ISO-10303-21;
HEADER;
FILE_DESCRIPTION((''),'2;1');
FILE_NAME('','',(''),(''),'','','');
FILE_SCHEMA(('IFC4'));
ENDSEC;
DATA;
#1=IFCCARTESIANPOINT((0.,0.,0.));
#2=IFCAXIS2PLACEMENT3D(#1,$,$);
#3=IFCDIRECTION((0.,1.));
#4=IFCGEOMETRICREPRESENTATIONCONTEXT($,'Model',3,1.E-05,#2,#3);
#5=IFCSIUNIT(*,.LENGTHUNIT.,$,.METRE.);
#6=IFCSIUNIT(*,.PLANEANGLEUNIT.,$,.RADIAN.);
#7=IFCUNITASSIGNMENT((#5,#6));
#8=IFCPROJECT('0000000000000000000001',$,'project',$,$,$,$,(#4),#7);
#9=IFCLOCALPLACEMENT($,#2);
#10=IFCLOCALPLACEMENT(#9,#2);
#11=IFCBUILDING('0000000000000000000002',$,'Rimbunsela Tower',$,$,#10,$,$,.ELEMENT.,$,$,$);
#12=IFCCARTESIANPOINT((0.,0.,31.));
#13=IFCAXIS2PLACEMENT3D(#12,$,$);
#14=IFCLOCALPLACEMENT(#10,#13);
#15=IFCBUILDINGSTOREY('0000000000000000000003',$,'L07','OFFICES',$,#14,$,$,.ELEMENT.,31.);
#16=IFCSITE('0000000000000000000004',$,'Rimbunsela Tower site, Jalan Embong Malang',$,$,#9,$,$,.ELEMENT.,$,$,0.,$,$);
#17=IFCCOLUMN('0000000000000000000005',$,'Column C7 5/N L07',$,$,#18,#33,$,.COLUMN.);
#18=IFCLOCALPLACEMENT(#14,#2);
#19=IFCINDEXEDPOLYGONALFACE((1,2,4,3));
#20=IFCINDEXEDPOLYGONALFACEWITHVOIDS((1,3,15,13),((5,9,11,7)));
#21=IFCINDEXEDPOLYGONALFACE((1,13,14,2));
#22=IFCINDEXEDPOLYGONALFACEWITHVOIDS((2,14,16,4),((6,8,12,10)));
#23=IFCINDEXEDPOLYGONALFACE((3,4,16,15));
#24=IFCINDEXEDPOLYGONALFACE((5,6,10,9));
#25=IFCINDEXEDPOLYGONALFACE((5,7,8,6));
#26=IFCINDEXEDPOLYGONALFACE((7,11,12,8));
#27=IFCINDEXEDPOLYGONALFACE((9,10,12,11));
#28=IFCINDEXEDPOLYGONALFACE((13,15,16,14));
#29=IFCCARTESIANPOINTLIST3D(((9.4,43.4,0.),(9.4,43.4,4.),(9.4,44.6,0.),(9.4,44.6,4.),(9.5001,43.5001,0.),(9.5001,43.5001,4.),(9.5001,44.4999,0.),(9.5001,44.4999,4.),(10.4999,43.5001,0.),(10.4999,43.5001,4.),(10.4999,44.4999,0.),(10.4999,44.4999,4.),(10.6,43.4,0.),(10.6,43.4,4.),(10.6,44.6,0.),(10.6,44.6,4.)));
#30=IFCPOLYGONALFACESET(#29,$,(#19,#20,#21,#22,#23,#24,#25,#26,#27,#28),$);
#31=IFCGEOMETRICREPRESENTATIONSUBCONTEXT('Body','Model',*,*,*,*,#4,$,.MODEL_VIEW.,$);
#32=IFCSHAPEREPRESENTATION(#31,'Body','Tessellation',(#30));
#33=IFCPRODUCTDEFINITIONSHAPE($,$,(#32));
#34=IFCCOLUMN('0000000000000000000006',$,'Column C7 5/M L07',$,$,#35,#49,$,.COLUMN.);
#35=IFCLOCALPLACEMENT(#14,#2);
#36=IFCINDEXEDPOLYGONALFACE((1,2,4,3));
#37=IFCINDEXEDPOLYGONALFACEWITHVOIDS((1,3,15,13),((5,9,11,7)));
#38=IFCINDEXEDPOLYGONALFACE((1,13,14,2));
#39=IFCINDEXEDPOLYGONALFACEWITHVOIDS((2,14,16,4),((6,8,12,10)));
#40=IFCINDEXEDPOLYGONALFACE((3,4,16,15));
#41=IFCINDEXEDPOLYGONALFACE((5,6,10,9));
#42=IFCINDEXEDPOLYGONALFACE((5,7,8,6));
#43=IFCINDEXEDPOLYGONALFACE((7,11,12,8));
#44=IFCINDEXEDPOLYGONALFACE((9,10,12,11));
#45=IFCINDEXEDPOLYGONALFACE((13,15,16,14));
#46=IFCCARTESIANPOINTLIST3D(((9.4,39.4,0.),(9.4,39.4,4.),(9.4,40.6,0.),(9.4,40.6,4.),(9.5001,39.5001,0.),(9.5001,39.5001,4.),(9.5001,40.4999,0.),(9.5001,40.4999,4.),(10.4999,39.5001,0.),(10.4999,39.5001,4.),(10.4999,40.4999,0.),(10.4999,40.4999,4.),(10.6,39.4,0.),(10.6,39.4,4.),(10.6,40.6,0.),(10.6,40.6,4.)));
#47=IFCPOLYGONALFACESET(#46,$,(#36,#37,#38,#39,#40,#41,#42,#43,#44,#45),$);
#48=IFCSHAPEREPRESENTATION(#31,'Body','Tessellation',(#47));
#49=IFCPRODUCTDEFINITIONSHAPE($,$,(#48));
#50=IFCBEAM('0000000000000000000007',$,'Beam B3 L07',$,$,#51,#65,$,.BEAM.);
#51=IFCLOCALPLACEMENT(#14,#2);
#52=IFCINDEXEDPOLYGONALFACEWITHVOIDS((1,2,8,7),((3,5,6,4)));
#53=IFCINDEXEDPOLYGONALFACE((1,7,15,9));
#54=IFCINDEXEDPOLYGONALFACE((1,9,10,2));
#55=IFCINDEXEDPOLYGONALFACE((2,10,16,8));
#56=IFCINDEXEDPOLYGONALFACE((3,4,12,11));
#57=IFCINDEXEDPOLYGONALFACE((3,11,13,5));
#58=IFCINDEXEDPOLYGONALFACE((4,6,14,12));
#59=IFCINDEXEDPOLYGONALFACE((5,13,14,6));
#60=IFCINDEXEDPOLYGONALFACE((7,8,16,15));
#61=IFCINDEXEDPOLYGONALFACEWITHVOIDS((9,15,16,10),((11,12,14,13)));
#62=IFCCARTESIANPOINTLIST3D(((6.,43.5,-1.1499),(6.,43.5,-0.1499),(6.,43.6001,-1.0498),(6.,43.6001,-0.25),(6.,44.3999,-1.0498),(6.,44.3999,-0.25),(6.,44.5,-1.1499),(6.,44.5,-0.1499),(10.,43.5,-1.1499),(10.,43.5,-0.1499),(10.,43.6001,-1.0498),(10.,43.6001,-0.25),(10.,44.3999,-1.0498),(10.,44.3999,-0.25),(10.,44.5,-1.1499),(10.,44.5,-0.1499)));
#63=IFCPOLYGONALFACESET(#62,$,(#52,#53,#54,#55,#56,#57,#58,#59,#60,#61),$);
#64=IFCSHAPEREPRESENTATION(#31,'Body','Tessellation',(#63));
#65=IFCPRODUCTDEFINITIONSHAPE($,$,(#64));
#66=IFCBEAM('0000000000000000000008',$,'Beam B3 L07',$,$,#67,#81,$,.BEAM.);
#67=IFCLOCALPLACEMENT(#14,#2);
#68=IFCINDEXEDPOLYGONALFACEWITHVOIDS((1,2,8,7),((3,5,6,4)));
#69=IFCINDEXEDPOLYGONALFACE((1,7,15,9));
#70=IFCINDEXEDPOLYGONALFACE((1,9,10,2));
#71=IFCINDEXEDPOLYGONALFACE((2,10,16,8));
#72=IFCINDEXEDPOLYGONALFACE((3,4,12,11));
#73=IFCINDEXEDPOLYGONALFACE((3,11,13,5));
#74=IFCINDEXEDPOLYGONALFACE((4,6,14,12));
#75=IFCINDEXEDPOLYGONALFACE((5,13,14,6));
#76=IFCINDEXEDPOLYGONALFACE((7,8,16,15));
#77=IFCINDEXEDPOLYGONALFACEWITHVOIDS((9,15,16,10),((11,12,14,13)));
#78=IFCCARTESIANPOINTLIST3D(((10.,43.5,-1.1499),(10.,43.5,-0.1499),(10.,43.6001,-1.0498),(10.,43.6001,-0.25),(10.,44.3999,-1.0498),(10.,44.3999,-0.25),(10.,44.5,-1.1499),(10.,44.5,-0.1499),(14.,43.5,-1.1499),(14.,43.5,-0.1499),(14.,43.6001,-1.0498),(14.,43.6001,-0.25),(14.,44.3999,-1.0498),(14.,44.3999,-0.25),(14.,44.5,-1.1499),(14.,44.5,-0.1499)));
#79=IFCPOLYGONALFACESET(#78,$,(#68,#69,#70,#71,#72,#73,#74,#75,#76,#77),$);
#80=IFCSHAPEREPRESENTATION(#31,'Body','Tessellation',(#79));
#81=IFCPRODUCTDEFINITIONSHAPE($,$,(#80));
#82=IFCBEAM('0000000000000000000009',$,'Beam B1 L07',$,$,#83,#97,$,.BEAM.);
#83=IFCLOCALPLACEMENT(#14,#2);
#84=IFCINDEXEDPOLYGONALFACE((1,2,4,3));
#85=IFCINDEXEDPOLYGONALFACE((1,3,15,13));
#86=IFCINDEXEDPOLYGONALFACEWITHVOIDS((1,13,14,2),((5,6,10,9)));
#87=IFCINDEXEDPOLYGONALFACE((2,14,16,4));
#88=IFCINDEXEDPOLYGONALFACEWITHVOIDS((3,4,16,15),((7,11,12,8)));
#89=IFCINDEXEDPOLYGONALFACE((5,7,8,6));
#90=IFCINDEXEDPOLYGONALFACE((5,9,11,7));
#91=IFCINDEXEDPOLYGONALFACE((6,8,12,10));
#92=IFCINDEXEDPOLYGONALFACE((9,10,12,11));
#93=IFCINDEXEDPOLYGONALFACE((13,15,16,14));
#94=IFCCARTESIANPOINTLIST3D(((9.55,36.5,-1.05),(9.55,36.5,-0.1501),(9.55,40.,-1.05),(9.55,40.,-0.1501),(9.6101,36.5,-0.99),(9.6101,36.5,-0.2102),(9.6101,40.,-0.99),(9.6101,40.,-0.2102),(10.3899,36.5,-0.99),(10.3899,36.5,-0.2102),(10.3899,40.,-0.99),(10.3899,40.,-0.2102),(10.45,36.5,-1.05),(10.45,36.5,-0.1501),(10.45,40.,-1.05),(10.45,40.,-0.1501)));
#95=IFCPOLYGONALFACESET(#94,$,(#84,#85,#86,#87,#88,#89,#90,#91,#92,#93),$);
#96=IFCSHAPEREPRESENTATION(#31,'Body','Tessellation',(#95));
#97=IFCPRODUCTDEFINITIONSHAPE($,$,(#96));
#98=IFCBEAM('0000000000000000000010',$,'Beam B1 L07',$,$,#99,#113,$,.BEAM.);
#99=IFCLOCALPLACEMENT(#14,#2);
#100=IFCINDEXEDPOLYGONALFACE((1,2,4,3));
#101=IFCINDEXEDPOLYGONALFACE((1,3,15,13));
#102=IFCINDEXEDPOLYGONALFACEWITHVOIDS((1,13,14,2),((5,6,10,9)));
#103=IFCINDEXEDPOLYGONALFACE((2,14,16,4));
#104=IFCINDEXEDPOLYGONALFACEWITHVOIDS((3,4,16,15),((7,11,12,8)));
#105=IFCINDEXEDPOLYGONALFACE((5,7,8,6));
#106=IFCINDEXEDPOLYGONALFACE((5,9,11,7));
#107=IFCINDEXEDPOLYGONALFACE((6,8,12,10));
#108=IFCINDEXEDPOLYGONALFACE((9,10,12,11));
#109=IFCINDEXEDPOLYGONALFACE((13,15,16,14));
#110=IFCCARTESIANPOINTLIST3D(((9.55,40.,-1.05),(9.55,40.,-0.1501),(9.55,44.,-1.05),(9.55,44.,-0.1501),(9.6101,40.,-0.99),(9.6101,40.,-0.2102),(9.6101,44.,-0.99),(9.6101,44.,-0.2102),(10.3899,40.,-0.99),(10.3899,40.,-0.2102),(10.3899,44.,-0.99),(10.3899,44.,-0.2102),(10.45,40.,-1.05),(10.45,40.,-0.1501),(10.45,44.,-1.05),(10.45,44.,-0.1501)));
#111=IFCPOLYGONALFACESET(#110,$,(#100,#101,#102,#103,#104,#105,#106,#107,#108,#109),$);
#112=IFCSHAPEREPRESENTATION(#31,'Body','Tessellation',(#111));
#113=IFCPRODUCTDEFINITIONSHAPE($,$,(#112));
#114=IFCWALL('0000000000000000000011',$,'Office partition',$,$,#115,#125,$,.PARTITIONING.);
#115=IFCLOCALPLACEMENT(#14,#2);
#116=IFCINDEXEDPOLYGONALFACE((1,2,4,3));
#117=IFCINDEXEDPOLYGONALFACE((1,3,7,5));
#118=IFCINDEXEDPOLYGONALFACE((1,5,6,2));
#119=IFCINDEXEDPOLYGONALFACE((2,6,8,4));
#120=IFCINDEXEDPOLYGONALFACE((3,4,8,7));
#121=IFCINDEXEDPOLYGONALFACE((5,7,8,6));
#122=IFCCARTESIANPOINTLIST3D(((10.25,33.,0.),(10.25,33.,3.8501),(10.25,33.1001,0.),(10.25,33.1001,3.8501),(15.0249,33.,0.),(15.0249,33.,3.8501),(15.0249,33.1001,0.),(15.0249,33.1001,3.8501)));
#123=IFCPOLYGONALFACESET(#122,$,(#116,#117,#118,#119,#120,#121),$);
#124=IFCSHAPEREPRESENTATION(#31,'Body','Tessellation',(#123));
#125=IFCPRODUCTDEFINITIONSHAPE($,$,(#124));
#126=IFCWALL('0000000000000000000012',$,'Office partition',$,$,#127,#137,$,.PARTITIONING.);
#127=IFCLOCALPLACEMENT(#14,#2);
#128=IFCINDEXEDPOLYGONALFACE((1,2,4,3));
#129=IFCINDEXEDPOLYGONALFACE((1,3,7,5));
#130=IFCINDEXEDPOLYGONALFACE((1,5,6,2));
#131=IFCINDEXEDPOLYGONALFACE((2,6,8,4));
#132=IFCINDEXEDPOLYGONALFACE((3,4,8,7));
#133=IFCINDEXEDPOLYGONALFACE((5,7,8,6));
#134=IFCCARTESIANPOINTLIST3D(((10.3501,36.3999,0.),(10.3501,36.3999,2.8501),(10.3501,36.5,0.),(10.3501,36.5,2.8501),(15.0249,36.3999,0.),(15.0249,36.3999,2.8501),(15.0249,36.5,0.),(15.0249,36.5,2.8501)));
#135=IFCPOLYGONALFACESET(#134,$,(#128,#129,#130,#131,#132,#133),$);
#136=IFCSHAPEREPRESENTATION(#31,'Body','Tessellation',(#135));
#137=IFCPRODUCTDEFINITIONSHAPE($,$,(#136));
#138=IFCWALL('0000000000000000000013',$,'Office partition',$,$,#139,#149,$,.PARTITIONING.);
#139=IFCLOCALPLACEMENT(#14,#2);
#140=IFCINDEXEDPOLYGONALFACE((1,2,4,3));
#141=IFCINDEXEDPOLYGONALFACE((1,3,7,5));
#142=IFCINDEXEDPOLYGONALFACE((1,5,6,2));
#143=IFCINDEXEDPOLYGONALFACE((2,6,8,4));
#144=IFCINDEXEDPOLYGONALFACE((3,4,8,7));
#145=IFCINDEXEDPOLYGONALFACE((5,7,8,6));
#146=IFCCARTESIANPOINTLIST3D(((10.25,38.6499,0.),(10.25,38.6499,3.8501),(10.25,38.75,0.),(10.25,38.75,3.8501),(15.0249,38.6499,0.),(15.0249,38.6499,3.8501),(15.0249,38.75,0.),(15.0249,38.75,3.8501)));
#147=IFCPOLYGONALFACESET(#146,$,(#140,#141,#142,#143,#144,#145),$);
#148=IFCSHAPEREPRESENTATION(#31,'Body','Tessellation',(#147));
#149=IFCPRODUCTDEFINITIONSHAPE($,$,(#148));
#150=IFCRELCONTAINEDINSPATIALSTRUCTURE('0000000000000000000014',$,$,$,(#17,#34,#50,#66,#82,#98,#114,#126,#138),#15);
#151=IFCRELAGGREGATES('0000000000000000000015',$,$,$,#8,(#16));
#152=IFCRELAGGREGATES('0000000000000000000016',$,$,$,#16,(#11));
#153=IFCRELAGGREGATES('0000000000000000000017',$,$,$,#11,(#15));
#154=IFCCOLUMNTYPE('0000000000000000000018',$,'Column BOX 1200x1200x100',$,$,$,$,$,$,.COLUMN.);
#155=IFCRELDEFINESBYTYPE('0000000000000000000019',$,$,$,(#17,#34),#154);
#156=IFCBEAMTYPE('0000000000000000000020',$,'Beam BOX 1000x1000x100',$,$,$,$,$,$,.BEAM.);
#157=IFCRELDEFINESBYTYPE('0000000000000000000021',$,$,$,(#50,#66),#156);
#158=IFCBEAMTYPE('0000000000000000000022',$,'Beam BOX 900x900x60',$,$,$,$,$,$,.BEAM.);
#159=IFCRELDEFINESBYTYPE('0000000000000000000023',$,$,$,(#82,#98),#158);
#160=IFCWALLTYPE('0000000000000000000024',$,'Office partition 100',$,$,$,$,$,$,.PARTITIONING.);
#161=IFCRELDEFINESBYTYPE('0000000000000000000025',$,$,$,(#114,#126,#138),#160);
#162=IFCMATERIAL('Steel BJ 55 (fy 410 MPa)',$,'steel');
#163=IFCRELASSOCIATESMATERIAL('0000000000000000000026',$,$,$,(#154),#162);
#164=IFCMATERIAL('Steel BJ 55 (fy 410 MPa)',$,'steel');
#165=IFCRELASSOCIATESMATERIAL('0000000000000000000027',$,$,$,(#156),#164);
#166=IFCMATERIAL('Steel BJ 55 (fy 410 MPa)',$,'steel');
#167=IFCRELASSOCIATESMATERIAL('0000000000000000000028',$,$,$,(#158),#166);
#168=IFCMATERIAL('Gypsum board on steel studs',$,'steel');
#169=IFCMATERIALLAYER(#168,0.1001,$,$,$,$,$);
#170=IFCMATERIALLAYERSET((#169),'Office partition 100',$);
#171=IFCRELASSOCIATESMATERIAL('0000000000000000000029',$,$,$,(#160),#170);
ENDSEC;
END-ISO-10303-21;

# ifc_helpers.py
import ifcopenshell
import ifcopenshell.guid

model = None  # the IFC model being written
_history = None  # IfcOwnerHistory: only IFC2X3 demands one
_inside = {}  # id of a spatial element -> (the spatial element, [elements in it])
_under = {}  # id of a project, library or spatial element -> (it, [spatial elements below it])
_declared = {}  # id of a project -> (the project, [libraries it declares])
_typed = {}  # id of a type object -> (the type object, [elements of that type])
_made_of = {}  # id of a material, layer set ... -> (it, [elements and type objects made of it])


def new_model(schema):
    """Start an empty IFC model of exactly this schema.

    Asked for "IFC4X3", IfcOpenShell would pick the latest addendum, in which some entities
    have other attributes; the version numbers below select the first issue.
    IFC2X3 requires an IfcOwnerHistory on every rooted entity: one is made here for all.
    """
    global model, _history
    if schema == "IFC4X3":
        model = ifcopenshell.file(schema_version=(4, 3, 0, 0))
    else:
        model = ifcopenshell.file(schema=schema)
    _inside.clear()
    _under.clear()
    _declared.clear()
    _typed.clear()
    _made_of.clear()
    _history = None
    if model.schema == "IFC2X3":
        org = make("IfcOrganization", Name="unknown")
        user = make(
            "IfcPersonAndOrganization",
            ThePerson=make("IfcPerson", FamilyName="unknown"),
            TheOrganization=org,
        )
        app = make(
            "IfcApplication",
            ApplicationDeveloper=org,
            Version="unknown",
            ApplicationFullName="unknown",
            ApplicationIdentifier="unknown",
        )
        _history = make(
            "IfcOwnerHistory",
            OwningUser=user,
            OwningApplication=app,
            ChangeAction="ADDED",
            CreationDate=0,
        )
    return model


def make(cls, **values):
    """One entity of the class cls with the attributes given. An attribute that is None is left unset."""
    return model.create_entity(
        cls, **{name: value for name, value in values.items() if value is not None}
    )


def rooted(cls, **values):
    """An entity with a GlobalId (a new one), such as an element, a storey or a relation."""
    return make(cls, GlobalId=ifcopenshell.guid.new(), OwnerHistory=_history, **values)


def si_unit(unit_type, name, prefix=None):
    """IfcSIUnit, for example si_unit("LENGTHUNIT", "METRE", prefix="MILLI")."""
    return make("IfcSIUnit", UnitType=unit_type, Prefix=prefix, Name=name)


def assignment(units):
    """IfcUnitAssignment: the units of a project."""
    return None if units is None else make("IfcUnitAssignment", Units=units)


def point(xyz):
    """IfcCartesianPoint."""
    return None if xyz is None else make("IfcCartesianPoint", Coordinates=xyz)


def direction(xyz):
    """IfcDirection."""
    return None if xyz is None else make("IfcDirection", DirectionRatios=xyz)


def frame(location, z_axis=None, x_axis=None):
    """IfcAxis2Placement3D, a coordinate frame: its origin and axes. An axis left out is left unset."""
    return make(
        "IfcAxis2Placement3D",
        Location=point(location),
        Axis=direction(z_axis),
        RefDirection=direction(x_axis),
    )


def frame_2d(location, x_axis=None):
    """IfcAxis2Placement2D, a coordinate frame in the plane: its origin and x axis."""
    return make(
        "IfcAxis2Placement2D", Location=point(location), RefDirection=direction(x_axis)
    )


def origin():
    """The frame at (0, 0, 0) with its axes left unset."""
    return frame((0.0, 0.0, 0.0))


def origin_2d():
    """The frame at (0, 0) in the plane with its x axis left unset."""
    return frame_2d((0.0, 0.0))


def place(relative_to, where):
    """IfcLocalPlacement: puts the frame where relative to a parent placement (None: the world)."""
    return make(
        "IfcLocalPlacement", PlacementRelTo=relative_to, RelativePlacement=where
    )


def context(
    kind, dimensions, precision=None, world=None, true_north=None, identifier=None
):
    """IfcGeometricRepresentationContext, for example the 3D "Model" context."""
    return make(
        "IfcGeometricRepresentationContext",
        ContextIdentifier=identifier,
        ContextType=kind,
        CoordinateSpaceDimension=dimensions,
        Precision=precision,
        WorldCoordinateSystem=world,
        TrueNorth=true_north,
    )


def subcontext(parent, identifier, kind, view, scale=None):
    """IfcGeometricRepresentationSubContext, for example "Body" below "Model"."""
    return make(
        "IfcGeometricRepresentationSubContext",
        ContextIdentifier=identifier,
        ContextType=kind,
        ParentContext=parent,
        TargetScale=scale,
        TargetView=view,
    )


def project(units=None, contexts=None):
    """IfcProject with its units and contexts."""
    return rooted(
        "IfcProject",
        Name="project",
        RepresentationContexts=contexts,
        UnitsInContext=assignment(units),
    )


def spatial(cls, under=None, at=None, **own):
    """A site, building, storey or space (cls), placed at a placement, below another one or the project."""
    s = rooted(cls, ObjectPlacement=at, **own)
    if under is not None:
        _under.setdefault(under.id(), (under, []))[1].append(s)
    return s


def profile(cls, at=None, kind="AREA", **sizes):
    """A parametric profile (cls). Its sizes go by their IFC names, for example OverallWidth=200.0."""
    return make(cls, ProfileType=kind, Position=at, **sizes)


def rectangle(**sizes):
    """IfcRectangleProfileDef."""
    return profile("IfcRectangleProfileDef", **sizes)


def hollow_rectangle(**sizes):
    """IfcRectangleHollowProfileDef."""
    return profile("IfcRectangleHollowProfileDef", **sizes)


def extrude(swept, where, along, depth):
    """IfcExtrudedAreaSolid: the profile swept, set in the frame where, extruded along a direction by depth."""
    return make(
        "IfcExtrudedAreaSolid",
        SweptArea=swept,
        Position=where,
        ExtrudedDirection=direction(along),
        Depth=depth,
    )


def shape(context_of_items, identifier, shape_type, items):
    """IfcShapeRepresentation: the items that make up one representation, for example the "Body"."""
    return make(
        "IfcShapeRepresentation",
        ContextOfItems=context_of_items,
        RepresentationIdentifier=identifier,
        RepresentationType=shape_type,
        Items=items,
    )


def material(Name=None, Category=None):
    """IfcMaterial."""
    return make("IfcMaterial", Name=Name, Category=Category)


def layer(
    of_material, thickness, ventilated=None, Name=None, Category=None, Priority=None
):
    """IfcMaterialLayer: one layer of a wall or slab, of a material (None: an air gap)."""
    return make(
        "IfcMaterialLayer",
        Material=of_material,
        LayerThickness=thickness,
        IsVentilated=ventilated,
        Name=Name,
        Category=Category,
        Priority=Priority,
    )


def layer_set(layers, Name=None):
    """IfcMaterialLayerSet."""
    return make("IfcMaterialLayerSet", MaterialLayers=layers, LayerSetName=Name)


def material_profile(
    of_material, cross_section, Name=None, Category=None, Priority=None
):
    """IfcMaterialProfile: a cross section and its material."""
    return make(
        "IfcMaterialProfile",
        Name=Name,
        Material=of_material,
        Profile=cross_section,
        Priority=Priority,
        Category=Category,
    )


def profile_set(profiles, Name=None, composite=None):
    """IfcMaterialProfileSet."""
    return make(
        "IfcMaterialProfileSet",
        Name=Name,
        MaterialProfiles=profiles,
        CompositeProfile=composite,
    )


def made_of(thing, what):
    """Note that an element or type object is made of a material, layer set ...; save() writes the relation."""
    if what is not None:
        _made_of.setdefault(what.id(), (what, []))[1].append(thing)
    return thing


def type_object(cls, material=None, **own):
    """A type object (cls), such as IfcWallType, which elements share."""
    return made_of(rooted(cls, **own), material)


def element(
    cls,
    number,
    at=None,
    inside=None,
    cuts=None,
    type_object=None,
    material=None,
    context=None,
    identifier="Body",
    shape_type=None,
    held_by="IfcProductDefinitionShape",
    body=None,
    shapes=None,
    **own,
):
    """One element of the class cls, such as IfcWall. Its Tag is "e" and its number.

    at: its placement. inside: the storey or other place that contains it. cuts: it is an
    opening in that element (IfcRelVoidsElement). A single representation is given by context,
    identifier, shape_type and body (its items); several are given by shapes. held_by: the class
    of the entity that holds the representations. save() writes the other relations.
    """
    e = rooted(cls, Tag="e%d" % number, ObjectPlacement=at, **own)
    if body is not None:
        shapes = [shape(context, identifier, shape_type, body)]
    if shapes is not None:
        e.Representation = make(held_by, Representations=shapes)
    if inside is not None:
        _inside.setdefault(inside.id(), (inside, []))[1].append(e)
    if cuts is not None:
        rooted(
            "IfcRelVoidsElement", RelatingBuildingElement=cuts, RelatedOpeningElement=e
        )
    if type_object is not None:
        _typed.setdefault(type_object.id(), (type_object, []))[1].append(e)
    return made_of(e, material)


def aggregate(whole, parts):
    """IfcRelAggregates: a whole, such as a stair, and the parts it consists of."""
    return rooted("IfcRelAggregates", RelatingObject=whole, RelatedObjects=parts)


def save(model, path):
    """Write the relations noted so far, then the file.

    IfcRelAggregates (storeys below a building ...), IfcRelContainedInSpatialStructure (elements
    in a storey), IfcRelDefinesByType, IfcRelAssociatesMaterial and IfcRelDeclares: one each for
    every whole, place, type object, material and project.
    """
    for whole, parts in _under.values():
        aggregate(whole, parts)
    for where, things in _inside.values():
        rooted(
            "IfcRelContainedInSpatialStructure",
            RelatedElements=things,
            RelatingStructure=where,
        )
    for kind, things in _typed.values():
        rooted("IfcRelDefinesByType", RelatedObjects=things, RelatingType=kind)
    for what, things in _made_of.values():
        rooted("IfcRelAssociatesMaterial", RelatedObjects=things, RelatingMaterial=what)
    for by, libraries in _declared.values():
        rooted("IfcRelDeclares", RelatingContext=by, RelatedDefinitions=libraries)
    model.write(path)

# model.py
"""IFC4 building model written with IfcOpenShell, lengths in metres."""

from ifc_helpers import new_model, si_unit, direction, frame, frame_2d, origin, origin_2d, place, context, subcontext, project, spatial, rectangle, hollow_rectangle, extrude, material, layer, layer_set, material_profile, profile_set, type_object, element, save


model = new_model("IFC4")

# Units and contexts
model_context = context("Model", 3, precision=1e-05, world=origin(), true_north=direction((0.0, 1.0)))
body_context = subcontext(model_context, "Body", "Model", "MODEL_VIEW")
ifc_project = project(units=[si_unit("LENGTHUNIT", "METRE"), si_unit("PLANEANGLEUNIT", "RADIAN")], contexts=[model_context])

# Site, building, storey
site_placement = place(None, origin())
site = spatial("IfcSite", under=ifc_project, at=site_placement, Name="Rimbunsela Tower site, Jalan Embong Malang", CompositionType="ELEMENT", RefElevation=0.0)
building_placement = place(site_placement, origin())
building = spatial("IfcBuilding", under=site, at=building_placement, Name="Rimbunsela Tower", CompositionType="ELEMENT")
storey_placement = place(building_placement, frame((0.0, 0.0, 31.0)))
storey = spatial("IfcBuildingStorey", under=building, at=storey_placement, Name="L07", Description="OFFICES", CompositionType="ELEMENT", Elevation=31.0)

# Columns
ifc_material_1 = material(Name="Steel BJ 55 (fy 410 MPa)", Category="steel")
ifc_material_profile_1 = material_profile(ifc_material_1, hollow_rectangle(XDim=1.2, YDim=1.2, WallThickness=0.1001, at=origin_2d()), Name="BOX 1200x1200x100")
ifc_profile_set_1 = profile_set([ifc_material_profile_1], Name="Steel BJ 55 (fy 410 MPa)")
column_type = type_object("IfcColumnType", Name="Column BOX 1200x1200x100", PredefinedType="COLUMN", material=ifc_profile_set_1)
for number, where, z_axis, x_axis, name in (
    (1, (10.0, 44.0, 0.0), (0.0, 0.0, 1.0), (1.0, 0.0, 0.0), "Column C7 5/N L07"),
    (2, (10.0, 40.0, 0.0), (0.0, 0.0, 1.0), (1.0, 0.0, 0.0), "Column C7 5/M L07"),
):
    element("IfcColumn", number, at=place(storey_placement, frame(where, z_axis=z_axis, x_axis=x_axis)), inside=storey, type_object=column_type, Name=name, PredefinedType="COLUMN", context=body_context, shape_type="SweptSolid", body=[
        extrude(hollow_rectangle(XDim=1.2, YDim=1.2, WallThickness=0.1001, at=origin_2d()), origin(), (0.0, 0.0, 1.0), 4.0),
    ])

# Beams
ifc_material_2 = material(Name="Steel BJ 55 (fy 410 MPa)", Category="steel")
ifc_material_profile_2 = material_profile(ifc_material_2, hollow_rectangle(XDim=1.0, YDim=1.0, WallThickness=0.1001, at=origin_2d()), Name="BOX 1000x1000x100")
ifc_profile_set_2 = profile_set([ifc_material_profile_2], Name="Steel BJ 55 (fy 410 MPa)")
beam_type_1 = type_object("IfcBeamType", Name="Beam BOX 1000x1000x100", PredefinedType="BEAM", material=ifc_profile_set_2)
for number, where, z_axis, x_axis, name in (
    (3, (6.0, 44.0, -0.6499), (1.0, 0.0, 0.0), (0.0, 1.0, 0.0), "Beam B3 L07"),
    (4, (10.0, 44.0, -0.6499), (1.0, 0.0, 0.0), (0.0, 1.0, 0.0), "Beam B3 L07"),
):
    element("IfcBeam", number, at=place(storey_placement, frame(where, z_axis=z_axis, x_axis=x_axis)), inside=storey, type_object=beam_type_1, Name=name, PredefinedType="BEAM", context=body_context, shape_type="SweptSolid", body=[
        extrude(hollow_rectangle(XDim=1.0, YDim=1.0, WallThickness=0.1001, at=origin_2d()), origin(), (0.0, 0.0, 1.0), 4.0),
    ])
ifc_material_3 = material(Name="Steel BJ 55 (fy 410 MPa)", Category="steel")
ifc_material_profile_3 = material_profile(ifc_material_3, hollow_rectangle(XDim=0.8999, YDim=0.8999, WallThickness=0.0601, at=origin_2d()), Name="BOX 900x900x60")
ifc_profile_set_3 = profile_set([ifc_material_profile_3], Name="Steel BJ 55 (fy 410 MPa)")
beam_type_2 = type_object("IfcBeamType", Name="Beam BOX 900x900x60", PredefinedType="BEAM", material=ifc_profile_set_3)
beam_1_placement = place(storey_placement, frame((10.0, 36.5, -0.6001), z_axis=(0.0, 1.0, 0.0), x_axis=(-1.0, 0.0, 0.0)))
element("IfcBeam", 5, at=beam_1_placement, inside=storey, type_object=beam_type_2, Name="Beam B1 L07", PredefinedType="BEAM", context=body_context, shape_type="SweptSolid", body=[
    extrude(hollow_rectangle(XDim=0.8999, YDim=0.8999, WallThickness=0.0601, at=origin_2d()), origin(), (0.0, 0.0, 1.0), 3.5),
])
beam_2_placement = place(storey_placement, frame((10.0, 40.0, -0.6001), z_axis=(0.0, 1.0, 0.0), x_axis=(-1.0, 0.0, 0.0)))
element("IfcBeam", 6, at=beam_2_placement, inside=storey, type_object=beam_type_2, Name="Beam B1 L07", PredefinedType="BEAM", context=body_context, shape_type="SweptSolid", body=[
    extrude(hollow_rectangle(XDim=0.8999, YDim=0.8999, WallThickness=0.0601, at=origin_2d()), origin(), (0.0, 0.0, 1.0), 4.0),
])

# Walls
ifc_material_4 = material(Name="Gypsum board on steel studs", Category="steel")
ifc_layer_1 = layer(ifc_material_4, 0.1001)
ifc_layer_set_1 = layer_set([ifc_layer_1], Name="Office partition 100")
wall_type_1 = type_object("IfcWallType", Name="Office partition 100", PredefinedType="PARTITIONING", material=ifc_layer_set_1)
wall_1_placement = place(storey_placement, frame((10.25, 33.05, 0.0), z_axis=(0.0, 0.0, 1.0), x_axis=(1.0, 0.0, 0.0)))
element("IfcWall", 7, at=wall_1_placement, inside=storey, type_object=wall_type_1, Name="Office partition", PredefinedType="PARTITIONING", context=body_context, shape_type="SweptSolid", body=[
    extrude(rectangle(XDim=4.7749, YDim=0.1001, at=frame_2d((2.3875, 0.0))), origin(), (0.0, 0.0, 1.0), 3.8501),
])
wall_2_placement = place(storey_placement, frame((10.3501, 36.45, 0.0), z_axis=(0.0, 0.0, 1.0), x_axis=(1.0, 0.0, 0.0)))
element("IfcWall", 8, at=wall_2_placement, inside=storey, type_object=wall_type_1, Name="Office partition", PredefinedType="PARTITIONING", context=body_context, shape_type="SweptSolid", body=[
    extrude(rectangle(XDim=4.6748, YDim=0.1001, at=frame_2d((2.3374, 0.0))), origin(), (0.0, 0.0, 1.0), 2.8501),
])
wall_3_placement = place(storey_placement, frame((10.25, 38.7, 0.0), z_axis=(0.0, 0.0, 1.0), x_axis=(1.0, 0.0, 0.0)))
element("IfcWall", 9, at=wall_3_placement, inside=storey, type_object=wall_type_1, Name="Office partition", PredefinedType="PARTITIONING", context=body_context, shape_type="SweptSolid", body=[
    extrude(rectangle(XDim=4.7749, YDim=0.1001, at=frame_2d((2.3875, 0.0))), origin(), (0.0, 0.0, 1.0), 3.8501),
])

save(model, "model.ifc")
